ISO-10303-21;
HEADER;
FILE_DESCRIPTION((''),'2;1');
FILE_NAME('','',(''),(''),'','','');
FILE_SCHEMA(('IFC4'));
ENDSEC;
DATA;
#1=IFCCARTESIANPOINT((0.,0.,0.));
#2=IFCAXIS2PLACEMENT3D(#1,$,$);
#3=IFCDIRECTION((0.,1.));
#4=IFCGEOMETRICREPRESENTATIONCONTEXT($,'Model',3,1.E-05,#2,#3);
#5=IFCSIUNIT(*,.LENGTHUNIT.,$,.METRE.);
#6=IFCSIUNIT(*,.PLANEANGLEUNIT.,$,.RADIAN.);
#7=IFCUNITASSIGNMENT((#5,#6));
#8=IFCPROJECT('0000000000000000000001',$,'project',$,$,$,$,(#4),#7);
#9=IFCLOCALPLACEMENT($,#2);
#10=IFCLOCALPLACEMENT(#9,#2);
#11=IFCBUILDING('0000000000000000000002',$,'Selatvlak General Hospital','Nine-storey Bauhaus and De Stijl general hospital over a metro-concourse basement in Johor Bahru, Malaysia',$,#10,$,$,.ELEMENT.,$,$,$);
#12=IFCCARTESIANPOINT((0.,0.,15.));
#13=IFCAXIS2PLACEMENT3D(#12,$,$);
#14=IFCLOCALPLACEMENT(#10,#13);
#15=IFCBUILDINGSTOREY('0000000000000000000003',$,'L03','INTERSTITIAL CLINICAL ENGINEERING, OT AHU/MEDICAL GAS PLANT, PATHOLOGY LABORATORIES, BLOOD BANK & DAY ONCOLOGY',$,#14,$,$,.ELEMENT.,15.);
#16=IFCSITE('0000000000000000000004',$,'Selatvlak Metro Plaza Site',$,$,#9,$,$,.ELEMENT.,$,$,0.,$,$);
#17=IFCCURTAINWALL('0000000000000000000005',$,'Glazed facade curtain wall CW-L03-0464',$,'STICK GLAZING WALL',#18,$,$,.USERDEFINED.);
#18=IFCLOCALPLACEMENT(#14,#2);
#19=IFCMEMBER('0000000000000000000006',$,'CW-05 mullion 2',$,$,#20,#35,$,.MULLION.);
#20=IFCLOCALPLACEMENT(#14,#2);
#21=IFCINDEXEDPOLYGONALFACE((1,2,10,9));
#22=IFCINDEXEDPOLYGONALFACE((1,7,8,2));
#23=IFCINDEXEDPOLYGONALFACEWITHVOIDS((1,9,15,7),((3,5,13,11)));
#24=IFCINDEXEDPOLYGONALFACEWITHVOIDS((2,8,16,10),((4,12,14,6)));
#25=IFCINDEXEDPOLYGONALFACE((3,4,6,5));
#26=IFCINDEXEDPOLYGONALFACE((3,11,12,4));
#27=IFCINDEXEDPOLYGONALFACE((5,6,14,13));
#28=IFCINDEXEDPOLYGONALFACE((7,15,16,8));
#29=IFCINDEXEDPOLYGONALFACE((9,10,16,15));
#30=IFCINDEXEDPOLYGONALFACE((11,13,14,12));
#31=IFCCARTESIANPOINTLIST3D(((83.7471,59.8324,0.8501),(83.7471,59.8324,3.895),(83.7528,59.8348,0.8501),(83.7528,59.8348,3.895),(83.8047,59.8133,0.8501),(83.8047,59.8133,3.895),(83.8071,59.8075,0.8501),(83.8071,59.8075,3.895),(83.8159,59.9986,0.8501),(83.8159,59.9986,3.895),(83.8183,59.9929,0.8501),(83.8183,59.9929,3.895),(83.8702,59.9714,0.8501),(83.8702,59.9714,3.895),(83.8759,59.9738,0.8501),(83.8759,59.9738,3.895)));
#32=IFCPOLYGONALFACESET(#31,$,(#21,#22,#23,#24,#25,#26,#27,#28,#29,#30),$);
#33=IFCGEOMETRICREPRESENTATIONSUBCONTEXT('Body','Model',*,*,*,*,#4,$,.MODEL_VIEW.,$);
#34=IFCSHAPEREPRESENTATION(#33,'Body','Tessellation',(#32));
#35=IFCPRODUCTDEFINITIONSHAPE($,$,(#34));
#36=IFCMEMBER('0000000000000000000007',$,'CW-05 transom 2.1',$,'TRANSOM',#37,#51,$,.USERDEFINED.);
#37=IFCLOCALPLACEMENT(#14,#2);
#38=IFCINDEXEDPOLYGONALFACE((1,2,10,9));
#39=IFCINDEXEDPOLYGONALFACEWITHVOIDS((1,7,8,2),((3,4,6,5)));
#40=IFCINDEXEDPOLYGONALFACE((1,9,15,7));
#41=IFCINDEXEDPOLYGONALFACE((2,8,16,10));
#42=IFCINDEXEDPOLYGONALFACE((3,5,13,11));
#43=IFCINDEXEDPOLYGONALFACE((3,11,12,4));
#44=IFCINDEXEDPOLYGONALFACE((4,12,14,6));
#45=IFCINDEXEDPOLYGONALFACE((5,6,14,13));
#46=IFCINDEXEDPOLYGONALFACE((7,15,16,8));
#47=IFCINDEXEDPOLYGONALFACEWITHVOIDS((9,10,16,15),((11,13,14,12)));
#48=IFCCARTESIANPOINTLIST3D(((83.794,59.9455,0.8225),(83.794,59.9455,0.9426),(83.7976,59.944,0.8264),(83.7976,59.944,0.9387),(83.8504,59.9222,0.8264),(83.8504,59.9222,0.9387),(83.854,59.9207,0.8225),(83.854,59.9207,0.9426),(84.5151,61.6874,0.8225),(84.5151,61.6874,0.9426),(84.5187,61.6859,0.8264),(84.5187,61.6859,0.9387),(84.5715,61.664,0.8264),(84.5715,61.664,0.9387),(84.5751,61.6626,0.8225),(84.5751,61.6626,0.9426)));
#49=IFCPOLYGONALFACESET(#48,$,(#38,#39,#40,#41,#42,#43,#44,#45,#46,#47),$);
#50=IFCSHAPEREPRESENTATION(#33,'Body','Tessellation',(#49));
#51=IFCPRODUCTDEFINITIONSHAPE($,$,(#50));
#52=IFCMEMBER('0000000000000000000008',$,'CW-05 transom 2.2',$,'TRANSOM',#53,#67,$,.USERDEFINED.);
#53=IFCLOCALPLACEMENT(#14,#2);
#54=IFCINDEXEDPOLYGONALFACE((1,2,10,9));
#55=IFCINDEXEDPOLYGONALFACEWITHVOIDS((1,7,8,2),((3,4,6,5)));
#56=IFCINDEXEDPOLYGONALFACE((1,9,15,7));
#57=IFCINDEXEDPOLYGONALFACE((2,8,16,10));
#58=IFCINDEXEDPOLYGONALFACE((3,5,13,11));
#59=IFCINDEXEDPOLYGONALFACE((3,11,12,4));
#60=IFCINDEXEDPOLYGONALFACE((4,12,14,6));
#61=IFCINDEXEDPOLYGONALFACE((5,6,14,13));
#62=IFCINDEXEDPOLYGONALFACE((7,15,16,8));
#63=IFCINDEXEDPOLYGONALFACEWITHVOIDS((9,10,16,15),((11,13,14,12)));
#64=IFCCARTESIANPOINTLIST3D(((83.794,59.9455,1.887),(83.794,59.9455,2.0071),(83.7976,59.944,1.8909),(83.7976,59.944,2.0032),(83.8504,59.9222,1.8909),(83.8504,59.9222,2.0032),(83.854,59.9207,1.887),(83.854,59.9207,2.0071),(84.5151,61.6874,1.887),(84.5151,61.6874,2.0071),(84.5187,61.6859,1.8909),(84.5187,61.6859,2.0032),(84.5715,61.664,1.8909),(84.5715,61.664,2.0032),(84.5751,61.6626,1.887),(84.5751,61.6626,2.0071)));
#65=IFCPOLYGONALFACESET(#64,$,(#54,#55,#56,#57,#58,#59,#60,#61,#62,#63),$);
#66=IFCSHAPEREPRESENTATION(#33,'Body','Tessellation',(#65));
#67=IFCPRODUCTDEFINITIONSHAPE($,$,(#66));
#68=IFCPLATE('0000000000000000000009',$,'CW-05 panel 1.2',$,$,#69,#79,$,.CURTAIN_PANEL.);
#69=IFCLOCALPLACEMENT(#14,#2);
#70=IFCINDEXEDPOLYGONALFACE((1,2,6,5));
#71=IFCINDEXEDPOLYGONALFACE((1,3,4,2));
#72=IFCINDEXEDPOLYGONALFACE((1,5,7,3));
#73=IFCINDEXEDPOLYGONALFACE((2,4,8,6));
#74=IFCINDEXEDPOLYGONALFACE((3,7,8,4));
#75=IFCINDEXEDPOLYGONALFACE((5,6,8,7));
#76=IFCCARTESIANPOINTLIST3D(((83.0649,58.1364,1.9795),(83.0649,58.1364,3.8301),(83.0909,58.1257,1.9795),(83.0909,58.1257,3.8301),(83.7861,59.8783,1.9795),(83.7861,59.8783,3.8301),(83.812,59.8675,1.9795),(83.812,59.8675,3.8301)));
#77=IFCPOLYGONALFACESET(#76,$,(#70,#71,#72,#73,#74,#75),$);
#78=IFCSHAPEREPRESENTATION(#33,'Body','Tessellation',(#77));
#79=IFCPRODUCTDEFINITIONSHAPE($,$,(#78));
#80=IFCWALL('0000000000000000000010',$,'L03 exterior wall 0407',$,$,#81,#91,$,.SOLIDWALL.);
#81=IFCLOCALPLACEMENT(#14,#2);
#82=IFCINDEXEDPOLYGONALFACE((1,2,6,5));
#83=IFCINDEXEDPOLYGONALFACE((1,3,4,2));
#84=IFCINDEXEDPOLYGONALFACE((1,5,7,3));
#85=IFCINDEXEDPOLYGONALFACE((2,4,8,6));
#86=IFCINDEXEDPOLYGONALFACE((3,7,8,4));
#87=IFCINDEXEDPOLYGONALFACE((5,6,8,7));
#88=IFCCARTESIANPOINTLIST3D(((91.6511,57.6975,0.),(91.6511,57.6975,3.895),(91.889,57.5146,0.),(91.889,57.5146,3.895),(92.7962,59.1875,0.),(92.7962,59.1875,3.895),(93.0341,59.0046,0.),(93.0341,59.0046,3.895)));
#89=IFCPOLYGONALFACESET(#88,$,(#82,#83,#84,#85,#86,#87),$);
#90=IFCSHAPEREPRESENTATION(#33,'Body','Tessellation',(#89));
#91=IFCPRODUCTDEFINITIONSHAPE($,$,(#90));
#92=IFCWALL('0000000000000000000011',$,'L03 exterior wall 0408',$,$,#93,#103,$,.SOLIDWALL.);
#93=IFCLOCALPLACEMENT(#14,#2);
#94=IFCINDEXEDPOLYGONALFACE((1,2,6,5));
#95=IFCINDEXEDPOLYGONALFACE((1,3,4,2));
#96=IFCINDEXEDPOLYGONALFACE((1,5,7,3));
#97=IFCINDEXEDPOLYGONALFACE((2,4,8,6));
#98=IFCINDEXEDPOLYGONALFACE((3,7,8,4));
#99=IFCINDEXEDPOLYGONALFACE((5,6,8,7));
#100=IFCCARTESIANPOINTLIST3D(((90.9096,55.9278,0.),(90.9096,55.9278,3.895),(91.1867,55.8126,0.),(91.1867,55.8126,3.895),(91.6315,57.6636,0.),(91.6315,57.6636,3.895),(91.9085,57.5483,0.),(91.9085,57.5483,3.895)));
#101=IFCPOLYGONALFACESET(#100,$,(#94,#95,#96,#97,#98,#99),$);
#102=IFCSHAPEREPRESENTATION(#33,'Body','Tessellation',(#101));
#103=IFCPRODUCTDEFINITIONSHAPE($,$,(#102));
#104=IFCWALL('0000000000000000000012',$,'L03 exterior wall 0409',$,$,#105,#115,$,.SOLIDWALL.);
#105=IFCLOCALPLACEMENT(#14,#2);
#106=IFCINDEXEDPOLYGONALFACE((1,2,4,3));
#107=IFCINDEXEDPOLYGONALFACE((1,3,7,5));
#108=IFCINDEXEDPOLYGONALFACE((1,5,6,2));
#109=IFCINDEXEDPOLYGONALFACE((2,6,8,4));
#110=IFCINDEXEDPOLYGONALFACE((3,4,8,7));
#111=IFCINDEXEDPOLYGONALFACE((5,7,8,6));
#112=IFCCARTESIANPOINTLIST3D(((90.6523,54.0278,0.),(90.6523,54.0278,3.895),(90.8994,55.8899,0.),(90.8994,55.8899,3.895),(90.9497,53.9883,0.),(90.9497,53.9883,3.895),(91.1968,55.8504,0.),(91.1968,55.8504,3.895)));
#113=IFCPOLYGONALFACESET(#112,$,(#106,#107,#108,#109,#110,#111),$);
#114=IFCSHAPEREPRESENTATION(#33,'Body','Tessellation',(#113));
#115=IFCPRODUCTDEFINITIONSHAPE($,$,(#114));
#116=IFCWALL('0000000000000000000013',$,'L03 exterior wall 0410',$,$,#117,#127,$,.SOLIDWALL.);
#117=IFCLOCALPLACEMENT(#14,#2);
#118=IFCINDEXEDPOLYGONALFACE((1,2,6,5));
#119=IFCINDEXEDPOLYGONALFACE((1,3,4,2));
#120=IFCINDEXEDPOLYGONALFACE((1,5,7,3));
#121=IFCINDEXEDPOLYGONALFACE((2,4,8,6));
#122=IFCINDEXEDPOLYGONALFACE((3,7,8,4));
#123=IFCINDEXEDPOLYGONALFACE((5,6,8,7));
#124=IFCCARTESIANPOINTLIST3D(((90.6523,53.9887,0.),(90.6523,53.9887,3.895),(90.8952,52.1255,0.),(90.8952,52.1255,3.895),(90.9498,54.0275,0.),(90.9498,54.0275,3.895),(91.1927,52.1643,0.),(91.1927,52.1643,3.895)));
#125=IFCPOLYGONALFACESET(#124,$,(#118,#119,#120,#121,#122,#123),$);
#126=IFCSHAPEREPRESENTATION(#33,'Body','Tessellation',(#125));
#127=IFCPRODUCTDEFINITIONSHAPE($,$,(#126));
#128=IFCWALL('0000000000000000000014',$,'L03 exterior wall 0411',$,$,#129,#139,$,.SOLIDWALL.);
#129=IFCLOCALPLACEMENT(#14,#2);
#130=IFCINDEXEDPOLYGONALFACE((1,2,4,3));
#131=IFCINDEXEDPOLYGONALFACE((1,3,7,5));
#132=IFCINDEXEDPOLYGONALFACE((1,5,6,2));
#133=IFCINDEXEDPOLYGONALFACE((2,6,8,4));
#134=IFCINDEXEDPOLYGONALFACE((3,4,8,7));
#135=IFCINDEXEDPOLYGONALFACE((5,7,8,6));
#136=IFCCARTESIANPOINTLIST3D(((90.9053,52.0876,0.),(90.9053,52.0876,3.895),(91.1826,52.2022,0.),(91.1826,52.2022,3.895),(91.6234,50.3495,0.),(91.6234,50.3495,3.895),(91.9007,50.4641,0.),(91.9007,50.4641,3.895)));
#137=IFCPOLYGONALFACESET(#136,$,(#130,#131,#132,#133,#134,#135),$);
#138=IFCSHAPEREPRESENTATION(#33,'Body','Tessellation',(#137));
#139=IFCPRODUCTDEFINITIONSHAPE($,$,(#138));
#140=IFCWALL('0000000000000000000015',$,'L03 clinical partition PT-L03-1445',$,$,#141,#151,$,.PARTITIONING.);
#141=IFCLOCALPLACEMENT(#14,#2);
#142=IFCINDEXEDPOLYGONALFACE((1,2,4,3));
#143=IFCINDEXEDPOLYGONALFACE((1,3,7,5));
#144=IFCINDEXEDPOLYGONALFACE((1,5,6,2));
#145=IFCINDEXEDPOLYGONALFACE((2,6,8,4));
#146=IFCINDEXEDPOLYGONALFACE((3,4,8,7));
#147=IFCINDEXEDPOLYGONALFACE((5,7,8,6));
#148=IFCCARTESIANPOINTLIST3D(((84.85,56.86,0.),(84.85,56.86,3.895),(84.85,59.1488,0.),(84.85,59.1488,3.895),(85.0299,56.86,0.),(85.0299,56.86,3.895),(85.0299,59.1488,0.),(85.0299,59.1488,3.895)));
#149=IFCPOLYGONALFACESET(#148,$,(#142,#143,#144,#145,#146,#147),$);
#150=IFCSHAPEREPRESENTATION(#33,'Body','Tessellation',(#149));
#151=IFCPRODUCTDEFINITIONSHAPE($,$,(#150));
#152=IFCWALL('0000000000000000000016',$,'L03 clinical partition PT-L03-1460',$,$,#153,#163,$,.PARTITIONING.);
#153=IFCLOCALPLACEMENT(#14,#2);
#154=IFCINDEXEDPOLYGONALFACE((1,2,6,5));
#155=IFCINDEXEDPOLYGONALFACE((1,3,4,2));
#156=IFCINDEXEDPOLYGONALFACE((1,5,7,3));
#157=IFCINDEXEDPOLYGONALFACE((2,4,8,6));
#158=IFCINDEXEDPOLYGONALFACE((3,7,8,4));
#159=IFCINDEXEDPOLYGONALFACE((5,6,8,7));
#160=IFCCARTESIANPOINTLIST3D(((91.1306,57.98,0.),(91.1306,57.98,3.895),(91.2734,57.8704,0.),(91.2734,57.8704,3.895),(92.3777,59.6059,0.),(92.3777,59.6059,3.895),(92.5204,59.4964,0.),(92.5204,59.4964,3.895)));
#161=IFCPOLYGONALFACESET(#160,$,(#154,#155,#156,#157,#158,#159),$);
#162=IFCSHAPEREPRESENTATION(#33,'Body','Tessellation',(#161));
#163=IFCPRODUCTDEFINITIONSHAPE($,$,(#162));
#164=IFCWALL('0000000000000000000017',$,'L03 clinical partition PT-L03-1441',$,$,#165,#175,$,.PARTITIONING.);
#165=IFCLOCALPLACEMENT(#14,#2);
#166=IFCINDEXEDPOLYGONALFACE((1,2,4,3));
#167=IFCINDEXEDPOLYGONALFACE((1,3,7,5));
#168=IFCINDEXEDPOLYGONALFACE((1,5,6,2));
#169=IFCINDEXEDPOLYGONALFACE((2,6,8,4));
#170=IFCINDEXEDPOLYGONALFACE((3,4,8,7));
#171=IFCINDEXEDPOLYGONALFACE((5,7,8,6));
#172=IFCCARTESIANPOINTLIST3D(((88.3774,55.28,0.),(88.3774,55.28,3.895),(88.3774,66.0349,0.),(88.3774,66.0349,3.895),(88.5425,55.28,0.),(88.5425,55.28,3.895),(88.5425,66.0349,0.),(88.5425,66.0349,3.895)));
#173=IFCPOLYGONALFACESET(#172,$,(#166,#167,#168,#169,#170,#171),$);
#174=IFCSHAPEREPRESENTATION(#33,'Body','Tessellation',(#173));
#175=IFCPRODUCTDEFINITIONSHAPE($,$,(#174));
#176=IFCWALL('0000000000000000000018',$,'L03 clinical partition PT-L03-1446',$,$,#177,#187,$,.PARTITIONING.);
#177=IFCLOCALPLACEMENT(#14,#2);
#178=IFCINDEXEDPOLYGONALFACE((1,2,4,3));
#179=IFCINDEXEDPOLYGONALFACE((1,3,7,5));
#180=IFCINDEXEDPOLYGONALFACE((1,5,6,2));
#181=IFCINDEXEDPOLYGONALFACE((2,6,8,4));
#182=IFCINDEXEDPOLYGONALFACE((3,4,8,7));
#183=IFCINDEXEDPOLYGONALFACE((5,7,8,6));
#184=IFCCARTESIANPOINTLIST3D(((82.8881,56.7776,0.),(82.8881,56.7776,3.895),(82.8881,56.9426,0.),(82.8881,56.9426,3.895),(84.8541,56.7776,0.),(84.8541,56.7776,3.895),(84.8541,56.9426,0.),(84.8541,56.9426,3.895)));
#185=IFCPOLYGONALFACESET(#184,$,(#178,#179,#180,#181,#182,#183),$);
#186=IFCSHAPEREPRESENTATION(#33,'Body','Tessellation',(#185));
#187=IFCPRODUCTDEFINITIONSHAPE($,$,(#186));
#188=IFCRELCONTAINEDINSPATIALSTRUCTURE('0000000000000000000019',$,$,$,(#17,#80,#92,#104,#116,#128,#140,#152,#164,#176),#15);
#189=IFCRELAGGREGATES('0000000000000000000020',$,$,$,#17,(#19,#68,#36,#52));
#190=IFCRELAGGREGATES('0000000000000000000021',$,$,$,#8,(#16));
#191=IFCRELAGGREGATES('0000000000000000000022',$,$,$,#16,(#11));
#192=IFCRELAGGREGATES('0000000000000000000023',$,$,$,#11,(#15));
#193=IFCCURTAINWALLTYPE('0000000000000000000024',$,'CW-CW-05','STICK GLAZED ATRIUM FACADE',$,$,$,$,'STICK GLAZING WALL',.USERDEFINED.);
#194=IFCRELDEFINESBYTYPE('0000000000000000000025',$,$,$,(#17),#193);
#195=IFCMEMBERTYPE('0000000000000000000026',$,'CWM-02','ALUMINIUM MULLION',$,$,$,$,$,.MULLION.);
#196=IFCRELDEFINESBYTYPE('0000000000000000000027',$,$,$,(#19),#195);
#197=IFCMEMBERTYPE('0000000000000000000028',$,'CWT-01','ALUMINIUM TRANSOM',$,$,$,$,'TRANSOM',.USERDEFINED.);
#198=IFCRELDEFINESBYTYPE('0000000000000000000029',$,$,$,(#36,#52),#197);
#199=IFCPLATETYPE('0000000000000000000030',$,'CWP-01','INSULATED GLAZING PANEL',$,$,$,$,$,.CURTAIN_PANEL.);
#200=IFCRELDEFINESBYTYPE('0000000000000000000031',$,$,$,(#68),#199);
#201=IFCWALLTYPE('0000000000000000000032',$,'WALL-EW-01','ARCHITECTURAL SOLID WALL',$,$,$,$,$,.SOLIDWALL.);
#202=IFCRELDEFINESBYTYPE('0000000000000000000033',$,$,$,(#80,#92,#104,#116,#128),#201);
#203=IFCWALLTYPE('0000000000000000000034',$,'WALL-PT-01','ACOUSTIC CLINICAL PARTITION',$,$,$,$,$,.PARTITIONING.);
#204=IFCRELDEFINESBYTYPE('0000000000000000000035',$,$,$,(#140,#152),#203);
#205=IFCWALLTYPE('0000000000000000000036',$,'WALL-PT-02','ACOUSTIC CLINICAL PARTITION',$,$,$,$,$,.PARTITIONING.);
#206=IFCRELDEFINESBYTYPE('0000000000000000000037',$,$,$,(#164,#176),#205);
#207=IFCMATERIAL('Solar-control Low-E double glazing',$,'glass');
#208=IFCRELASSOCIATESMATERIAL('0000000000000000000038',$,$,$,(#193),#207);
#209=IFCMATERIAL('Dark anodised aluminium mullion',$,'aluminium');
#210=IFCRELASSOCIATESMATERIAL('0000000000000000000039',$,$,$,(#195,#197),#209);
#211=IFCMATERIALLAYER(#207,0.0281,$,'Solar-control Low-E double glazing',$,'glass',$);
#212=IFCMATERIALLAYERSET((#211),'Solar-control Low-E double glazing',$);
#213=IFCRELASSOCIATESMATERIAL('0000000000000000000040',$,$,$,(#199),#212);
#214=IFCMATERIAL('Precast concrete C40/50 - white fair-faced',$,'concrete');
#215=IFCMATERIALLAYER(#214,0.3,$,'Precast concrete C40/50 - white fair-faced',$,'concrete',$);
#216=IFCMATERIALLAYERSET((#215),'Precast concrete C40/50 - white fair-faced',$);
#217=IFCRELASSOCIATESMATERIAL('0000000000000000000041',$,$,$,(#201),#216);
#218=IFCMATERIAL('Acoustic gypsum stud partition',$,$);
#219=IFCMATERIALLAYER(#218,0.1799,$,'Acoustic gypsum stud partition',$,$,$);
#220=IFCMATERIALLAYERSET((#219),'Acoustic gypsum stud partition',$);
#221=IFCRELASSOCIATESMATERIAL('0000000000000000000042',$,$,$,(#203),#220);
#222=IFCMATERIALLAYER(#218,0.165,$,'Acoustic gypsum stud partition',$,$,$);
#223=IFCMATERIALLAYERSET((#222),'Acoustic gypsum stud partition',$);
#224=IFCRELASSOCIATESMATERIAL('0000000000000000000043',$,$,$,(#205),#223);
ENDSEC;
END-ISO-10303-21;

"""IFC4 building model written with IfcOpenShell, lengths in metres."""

from ifc_helpers import new_model, si_unit, direction, frame, frame_2d, origin, origin_2d, place, context, subcontext, project, spatial, rectangle, hollow_rectangle, extrude, material, layer, layer_set, material_profile, profile_set, type_object, element, aggregate, save


model = new_model("IFC4")

# Units and contexts
model_context = context("Model", 3, precision=1e-05, world=origin(), true_north=direction((0.0, 1.0)))
body_context = subcontext(model_context, "Body", "Model", "MODEL_VIEW")
ifc_project = project(units=[si_unit("LENGTHUNIT", "METRE"), si_unit("PLANEANGLEUNIT", "RADIAN")], contexts=[model_context])

# Site, building, storey
site_placement = place(None, origin())
site = spatial("IfcSite", under=ifc_project, at=site_placement, Name="Selatvlak Metro Plaza Site", CompositionType="ELEMENT", RefElevation=0.0)
building_placement = place(site_placement, origin())
building = spatial("IfcBuilding", under=site, at=building_placement, Name="Selatvlak General Hospital", Description="Nine-storey Bauhaus and De Stijl general hospital over a metro-concourse basement in Johor Bahru, Malaysia", CompositionType="ELEMENT")
storey_placement = place(building_placement, frame((0.0, 0.0, 15.0)))
storey = spatial("IfcBuildingStorey", under=building, at=storey_placement, Name="L03", Description="INTERSTITIAL CLINICAL ENGINEERING, OT AHU/MEDICAL GAS PLANT, PATHOLOGY LABORATORIES, BLOOD BANK & DAY ONCOLOGY", CompositionType="ELEMENT", Elevation=15.0)

# Curtain wall, members, plate
ifc_material_1 = material(Name="Solar-control Low-E double glazing", Category="glass")
curtain_wall_type = type_object("IfcCurtainWallType", Name="CW-CW-05", Description="STICK GLAZED ATRIUM FACADE", ElementType="STICK GLAZING WALL", PredefinedType="USERDEFINED", material=ifc_material_1)
curtain_wall_placement = place(storey_placement, origin())
curtain_wall = element("IfcCurtainWall", 1, at=curtain_wall_placement, inside=storey, type_object=curtain_wall_type, Name="Glazed facade curtain wall CW-L03-0464", ObjectType="STICK GLAZING WALL", PredefinedType="USERDEFINED")
ifc_material_2 = material(Name="Dark anodised aluminium mullion", Category="aluminium")
ifc_material_profile_1 = material_profile(ifc_material_2, hollow_rectangle(XDim=0.0649, YDim=0.1799, WallThickness=0.0044, at=origin_2d()), Name="AL-MUL 65x180x4.5")
ifc_profile_set_1 = profile_set([ifc_material_profile_1], Name="Dark anodised aluminium mullion")
member_type_1 = type_object("IfcMemberType", Name="CWM-02", Description="ALUMINIUM MULLION", PredefinedType="MULLION", material=ifc_profile_set_1)
member_1_placement = place(storey_placement, frame((83.8115, 59.9031, 0.8501), z_axis=(0.0, 0.0, 1.0), x_axis=(-0.92394, 0.382537, 0.0)))
member_1 = element("IfcMember", 2, at=member_1_placement, type_object=member_type_1, Name="CW-05 mullion 2", PredefinedType="MULLION", context=body_context, shape_type="SweptSolid", body=[
    extrude(hollow_rectangle(XDim=0.0649, YDim=0.1799, WallThickness=0.0044, at=origin_2d()), origin(), (0.0, 0.0, 1.0), 3.0449),
])
ifc_material_profile_2 = material_profile(ifc_material_2, hollow_rectangle(XDim=0.0649, YDim=0.1201, WallThickness=0.0039, at=origin_2d()), Name="AL-TRN 65x120x4")
ifc_profile_set_2 = profile_set([ifc_material_profile_2], Name="Dark anodised aluminium mullion")
member_type_2 = type_object("IfcMemberType", Name="CWT-01", Description="ALUMINIUM TRANSOM", ElementType="TRANSOM", PredefinedType="USERDEFINED", material=ifc_profile_set_2)
member_2_placement = place(storey_placement, frame((83.824, 59.9331, 0.8826), z_axis=(0.382527, 0.923944, 0.0), x_axis=(-0.923944, 0.382527, 0.0)))
member_2 = element("IfcMember", 3, at=member_2_placement, type_object=member_type_2, Name="CW-05 transom 2.1", ObjectType="TRANSOM", PredefinedType="USERDEFINED", context=body_context, shape_type="SweptSolid", body=[
    extrude(hollow_rectangle(XDim=0.0649, YDim=0.1201, WallThickness=0.0039, at=origin_2d()), origin(), (0.0, 0.0, 1.0), 1.8853),
])
member_3_placement = place(storey_placement, frame((83.824, 59.9331, 1.947), z_axis=(0.382527, 0.923944, 0.0), x_axis=(-0.923944, 0.382527, 0.0)))
member_3 = element("IfcMember", 4, at=member_3_placement, type_object=member_type_2, Name="CW-05 transom 2.2", ObjectType="TRANSOM", PredefinedType="USERDEFINED", context=body_context, shape_type="SweptSolid", body=[
    extrude(hollow_rectangle(XDim=0.0649, YDim=0.1201, WallThickness=0.0039, at=origin_2d()), origin(), (0.0, 0.0, 1.0), 1.8853),
])
ifc_layer_1 = layer(ifc_material_1, 0.0281, Name="Solar-control Low-E double glazing", Category="glass")
ifc_layer_set_1 = layer_set([ifc_layer_1], Name="Solar-control Low-E double glazing")
plate_type = type_object("IfcPlateType", Name="CWP-01", Description="INSULATED GLAZING PANEL", PredefinedType="CURTAIN_PANEL", material=ifc_layer_set_1)
plate_placement = place(storey_placement, frame((83.4385, 59.002, 1.9795), z_axis=(0.0, 0.0, 1.0), x_axis=(0.382537, 0.92394, 0.0)))
plate = element("IfcPlate", 5, at=plate_placement, type_object=plate_type, Name="CW-05 panel 1.2", PredefinedType="CURTAIN_PANEL", context=body_context, shape_type="SweptSolid", body=[
    extrude(rectangle(XDim=1.8853, YDim=0.0281, at=origin_2d()), origin(), (0.0, 0.0, 1.0), 1.8506),
])
aggregate(curtain_wall, [member_1, plate, member_2, member_3])

# Walls
ifc_material_3 = material(Name="Precast concrete C40/50 - white fair-faced", Category="concrete")
ifc_layer_2 = layer(ifc_material_3, 0.3, Name="Precast concrete C40/50 - white fair-faced", Category="concrete")
ifc_layer_set_2 = layer_set([ifc_layer_2], Name="Precast concrete C40/50 - white fair-faced")
wall_type_1 = type_object("IfcWallType", Name="WALL-EW-01", Description="ARCHITECTURAL SOLID WALL", PredefinedType="SOLIDWALL", material=ifc_layer_set_2)
wall_1_placement = place(storey_placement, frame((92.915, 59.0959, 0.0), z_axis=(0.0, 0.0, 1.0), x_axis=(-0.609334, -0.792914, 0.0)))
element("IfcWall", 6, at=wall_1_placement, inside=storey, type_object=wall_type_1, Name="L03 exterior wall 0407", PredefinedType="SOLIDWALL", context=body_context, shape_type="SweptSolid", body=[
    extrude(rectangle(XDim=1.8792, YDim=0.3, at=frame_2d((0.9395, 0.0))), origin(), (0.0, 0.0, 1.0), 3.895),
])
wall_2_placement = place(storey_placement, frame((91.77, 57.606, 0.0), z_axis=(0.0, 0.0, 1.0), x_axis=(-0.384007, -0.92333, 0.0)))
element("IfcWall", 7, at=wall_2_placement, inside=storey, type_object=wall_type_1, Name="L03 exterior wall 0408", PredefinedType="SOLIDWALL", context=body_context, shape_type="SweptSolid", body=[
    extrude(rectangle(XDim=1.8799, YDim=0.3, at=frame_2d((0.9399, 0.0))), origin(), (0.0, 0.0, 1.0), 3.895),
])
wall_3_placement = place(storey_placement, frame((91.0481, 55.8701, 0.0), z_axis=(0.0, 0.0, 1.0), x_axis=(-0.131534, -0.991312, 0.0)))
element("IfcWall", 8, at=wall_3_placement, inside=storey, type_object=wall_type_1, Name="L03 exterior wall 0409", PredefinedType="SOLIDWALL", context=body_context, shape_type="SweptSolid", body=[
    extrude(rectangle(XDim=1.8784, YDim=0.3, at=frame_2d((0.9392, 0.0))), origin(), (0.0, 0.0, 1.0), 3.895),
])
wall_4_placement = place(storey_placement, frame((90.801, 54.0081, 0.0), z_axis=(0.0, 0.0, 1.0), x_axis=(0.129295, -0.991606, 0.0)))
element("IfcWall", 9, at=wall_4_placement, inside=storey, type_object=wall_type_1, Name="L03 exterior wall 0410", PredefinedType="SOLIDWALL", context=body_context, shape_type="SweptSolid", body=[
    extrude(rectangle(XDim=1.8789, YDim=0.3, at=frame_2d((0.9395, 0.0))), origin(), (0.0, 0.0, 1.0), 3.895),
])
wall_5_placement = place(storey_placement, frame((91.0439, 52.145, 0.0), z_axis=(0.0, 0.0, 1.0), x_axis=(0.38182, -0.924237, 0.0)))
element("IfcWall", 10, at=wall_5_placement, inside=storey, type_object=wall_type_1, Name="L03 exterior wall 0411", PredefinedType="SOLIDWALL", context=body_context, shape_type="SweptSolid", body=[
    extrude(rectangle(XDim=1.8806, YDim=0.3, at=frame_2d((0.9404, 0.0))), origin(), (0.0, 0.0, 1.0), 3.895),
])
ifc_material_4 = material(Name="Acoustic gypsum stud partition")
ifc_layer_3 = layer(ifc_material_4, 0.1799, Name="Acoustic gypsum stud partition")
ifc_layer_set_3 = layer_set([ifc_layer_3], Name="Acoustic gypsum stud partition")
wall_type_2 = type_object("IfcWallType", Name="WALL-PT-01", Description="ACOUSTIC CLINICAL PARTITION", PredefinedType="PARTITIONING", material=ifc_layer_set_3)
wall_6_placement = place(storey_placement, frame((84.9399, 59.1489, 0.0), z_axis=(0.0, 0.0, 1.0), x_axis=(0.0, -1.0, 0.0)))
element("IfcWall", 11, at=wall_6_placement, inside=storey, type_object=wall_type_2, Name="L03 clinical partition PT-L03-1445", PredefinedType="PARTITIONING", context=body_context, shape_type="SweptSolid", body=[
    extrude(rectangle(XDim=2.2888, YDim=0.1799, at=frame_2d((1.1445, 0.0))), origin(), (0.0, 0.0, 1.0), 3.895),
])
wall_7_placement = place(storey_placement, frame((92.449, 59.551, 0.0), z_axis=(0.0, 0.0, 1.0), x_axis=(-0.608582, -0.793491, 0.0)))
element("IfcWall", 12, at=wall_7_placement, inside=storey, type_object=wall_type_2, Name="L03 clinical partition PT-L03-1460", PredefinedType="PARTITIONING", context=body_context, shape_type="SweptSolid", body=[
    extrude(rectangle(XDim=2.0491, YDim=0.1799, at=frame_2d((1.0244, 0.0))), origin(), (0.0, 0.0, 1.0), 3.895),
])
ifc_layer_4 = layer(ifc_material_4, 0.165, Name="Acoustic gypsum stud partition")
ifc_layer_set_4 = layer_set([ifc_layer_4], Name="Acoustic gypsum stud partition")
wall_type_3 = type_object("IfcWallType", Name="WALL-PT-02", Description="ACOUSTIC CLINICAL PARTITION", PredefinedType="PARTITIONING", material=ifc_layer_set_4)
wall_8_placement = place(storey_placement, frame((88.46, 55.28, 0.0), z_axis=(0.0, 0.0, 1.0), x_axis=(0.0, 1.0, 0.0)))
element("IfcWall", 13, at=wall_8_placement, inside=storey, type_object=wall_type_3, Name="L03 clinical partition PT-L03-1441", PredefinedType="PARTITIONING", context=body_context, shape_type="SweptSolid", body=[
    extrude(rectangle(XDim=10.7549, YDim=0.165, at=frame_2d((5.3774, 0.0))), origin(), (0.0, 0.0, 1.0), 3.895),
])
wall_9_placement = place(storey_placement, frame((84.854, 56.8601, 0.0), z_axis=(0.0, 0.0, 1.0), x_axis=(-1.0, 0.0, 0.0)))
element("IfcWall", 14, at=wall_9_placement, inside=storey, type_object=wall_type_3, Name="L03 clinical partition PT-L03-1446", PredefinedType="PARTITIONING", context=body_context, shape_type="SweptSolid", body=[
    extrude(rectangle(XDim=1.9661, YDim=0.165, at=frame_2d((0.9829, 0.0))), origin(), (0.0, 0.0, 1.0), 3.895),
])

save(model, "model.ifc")
